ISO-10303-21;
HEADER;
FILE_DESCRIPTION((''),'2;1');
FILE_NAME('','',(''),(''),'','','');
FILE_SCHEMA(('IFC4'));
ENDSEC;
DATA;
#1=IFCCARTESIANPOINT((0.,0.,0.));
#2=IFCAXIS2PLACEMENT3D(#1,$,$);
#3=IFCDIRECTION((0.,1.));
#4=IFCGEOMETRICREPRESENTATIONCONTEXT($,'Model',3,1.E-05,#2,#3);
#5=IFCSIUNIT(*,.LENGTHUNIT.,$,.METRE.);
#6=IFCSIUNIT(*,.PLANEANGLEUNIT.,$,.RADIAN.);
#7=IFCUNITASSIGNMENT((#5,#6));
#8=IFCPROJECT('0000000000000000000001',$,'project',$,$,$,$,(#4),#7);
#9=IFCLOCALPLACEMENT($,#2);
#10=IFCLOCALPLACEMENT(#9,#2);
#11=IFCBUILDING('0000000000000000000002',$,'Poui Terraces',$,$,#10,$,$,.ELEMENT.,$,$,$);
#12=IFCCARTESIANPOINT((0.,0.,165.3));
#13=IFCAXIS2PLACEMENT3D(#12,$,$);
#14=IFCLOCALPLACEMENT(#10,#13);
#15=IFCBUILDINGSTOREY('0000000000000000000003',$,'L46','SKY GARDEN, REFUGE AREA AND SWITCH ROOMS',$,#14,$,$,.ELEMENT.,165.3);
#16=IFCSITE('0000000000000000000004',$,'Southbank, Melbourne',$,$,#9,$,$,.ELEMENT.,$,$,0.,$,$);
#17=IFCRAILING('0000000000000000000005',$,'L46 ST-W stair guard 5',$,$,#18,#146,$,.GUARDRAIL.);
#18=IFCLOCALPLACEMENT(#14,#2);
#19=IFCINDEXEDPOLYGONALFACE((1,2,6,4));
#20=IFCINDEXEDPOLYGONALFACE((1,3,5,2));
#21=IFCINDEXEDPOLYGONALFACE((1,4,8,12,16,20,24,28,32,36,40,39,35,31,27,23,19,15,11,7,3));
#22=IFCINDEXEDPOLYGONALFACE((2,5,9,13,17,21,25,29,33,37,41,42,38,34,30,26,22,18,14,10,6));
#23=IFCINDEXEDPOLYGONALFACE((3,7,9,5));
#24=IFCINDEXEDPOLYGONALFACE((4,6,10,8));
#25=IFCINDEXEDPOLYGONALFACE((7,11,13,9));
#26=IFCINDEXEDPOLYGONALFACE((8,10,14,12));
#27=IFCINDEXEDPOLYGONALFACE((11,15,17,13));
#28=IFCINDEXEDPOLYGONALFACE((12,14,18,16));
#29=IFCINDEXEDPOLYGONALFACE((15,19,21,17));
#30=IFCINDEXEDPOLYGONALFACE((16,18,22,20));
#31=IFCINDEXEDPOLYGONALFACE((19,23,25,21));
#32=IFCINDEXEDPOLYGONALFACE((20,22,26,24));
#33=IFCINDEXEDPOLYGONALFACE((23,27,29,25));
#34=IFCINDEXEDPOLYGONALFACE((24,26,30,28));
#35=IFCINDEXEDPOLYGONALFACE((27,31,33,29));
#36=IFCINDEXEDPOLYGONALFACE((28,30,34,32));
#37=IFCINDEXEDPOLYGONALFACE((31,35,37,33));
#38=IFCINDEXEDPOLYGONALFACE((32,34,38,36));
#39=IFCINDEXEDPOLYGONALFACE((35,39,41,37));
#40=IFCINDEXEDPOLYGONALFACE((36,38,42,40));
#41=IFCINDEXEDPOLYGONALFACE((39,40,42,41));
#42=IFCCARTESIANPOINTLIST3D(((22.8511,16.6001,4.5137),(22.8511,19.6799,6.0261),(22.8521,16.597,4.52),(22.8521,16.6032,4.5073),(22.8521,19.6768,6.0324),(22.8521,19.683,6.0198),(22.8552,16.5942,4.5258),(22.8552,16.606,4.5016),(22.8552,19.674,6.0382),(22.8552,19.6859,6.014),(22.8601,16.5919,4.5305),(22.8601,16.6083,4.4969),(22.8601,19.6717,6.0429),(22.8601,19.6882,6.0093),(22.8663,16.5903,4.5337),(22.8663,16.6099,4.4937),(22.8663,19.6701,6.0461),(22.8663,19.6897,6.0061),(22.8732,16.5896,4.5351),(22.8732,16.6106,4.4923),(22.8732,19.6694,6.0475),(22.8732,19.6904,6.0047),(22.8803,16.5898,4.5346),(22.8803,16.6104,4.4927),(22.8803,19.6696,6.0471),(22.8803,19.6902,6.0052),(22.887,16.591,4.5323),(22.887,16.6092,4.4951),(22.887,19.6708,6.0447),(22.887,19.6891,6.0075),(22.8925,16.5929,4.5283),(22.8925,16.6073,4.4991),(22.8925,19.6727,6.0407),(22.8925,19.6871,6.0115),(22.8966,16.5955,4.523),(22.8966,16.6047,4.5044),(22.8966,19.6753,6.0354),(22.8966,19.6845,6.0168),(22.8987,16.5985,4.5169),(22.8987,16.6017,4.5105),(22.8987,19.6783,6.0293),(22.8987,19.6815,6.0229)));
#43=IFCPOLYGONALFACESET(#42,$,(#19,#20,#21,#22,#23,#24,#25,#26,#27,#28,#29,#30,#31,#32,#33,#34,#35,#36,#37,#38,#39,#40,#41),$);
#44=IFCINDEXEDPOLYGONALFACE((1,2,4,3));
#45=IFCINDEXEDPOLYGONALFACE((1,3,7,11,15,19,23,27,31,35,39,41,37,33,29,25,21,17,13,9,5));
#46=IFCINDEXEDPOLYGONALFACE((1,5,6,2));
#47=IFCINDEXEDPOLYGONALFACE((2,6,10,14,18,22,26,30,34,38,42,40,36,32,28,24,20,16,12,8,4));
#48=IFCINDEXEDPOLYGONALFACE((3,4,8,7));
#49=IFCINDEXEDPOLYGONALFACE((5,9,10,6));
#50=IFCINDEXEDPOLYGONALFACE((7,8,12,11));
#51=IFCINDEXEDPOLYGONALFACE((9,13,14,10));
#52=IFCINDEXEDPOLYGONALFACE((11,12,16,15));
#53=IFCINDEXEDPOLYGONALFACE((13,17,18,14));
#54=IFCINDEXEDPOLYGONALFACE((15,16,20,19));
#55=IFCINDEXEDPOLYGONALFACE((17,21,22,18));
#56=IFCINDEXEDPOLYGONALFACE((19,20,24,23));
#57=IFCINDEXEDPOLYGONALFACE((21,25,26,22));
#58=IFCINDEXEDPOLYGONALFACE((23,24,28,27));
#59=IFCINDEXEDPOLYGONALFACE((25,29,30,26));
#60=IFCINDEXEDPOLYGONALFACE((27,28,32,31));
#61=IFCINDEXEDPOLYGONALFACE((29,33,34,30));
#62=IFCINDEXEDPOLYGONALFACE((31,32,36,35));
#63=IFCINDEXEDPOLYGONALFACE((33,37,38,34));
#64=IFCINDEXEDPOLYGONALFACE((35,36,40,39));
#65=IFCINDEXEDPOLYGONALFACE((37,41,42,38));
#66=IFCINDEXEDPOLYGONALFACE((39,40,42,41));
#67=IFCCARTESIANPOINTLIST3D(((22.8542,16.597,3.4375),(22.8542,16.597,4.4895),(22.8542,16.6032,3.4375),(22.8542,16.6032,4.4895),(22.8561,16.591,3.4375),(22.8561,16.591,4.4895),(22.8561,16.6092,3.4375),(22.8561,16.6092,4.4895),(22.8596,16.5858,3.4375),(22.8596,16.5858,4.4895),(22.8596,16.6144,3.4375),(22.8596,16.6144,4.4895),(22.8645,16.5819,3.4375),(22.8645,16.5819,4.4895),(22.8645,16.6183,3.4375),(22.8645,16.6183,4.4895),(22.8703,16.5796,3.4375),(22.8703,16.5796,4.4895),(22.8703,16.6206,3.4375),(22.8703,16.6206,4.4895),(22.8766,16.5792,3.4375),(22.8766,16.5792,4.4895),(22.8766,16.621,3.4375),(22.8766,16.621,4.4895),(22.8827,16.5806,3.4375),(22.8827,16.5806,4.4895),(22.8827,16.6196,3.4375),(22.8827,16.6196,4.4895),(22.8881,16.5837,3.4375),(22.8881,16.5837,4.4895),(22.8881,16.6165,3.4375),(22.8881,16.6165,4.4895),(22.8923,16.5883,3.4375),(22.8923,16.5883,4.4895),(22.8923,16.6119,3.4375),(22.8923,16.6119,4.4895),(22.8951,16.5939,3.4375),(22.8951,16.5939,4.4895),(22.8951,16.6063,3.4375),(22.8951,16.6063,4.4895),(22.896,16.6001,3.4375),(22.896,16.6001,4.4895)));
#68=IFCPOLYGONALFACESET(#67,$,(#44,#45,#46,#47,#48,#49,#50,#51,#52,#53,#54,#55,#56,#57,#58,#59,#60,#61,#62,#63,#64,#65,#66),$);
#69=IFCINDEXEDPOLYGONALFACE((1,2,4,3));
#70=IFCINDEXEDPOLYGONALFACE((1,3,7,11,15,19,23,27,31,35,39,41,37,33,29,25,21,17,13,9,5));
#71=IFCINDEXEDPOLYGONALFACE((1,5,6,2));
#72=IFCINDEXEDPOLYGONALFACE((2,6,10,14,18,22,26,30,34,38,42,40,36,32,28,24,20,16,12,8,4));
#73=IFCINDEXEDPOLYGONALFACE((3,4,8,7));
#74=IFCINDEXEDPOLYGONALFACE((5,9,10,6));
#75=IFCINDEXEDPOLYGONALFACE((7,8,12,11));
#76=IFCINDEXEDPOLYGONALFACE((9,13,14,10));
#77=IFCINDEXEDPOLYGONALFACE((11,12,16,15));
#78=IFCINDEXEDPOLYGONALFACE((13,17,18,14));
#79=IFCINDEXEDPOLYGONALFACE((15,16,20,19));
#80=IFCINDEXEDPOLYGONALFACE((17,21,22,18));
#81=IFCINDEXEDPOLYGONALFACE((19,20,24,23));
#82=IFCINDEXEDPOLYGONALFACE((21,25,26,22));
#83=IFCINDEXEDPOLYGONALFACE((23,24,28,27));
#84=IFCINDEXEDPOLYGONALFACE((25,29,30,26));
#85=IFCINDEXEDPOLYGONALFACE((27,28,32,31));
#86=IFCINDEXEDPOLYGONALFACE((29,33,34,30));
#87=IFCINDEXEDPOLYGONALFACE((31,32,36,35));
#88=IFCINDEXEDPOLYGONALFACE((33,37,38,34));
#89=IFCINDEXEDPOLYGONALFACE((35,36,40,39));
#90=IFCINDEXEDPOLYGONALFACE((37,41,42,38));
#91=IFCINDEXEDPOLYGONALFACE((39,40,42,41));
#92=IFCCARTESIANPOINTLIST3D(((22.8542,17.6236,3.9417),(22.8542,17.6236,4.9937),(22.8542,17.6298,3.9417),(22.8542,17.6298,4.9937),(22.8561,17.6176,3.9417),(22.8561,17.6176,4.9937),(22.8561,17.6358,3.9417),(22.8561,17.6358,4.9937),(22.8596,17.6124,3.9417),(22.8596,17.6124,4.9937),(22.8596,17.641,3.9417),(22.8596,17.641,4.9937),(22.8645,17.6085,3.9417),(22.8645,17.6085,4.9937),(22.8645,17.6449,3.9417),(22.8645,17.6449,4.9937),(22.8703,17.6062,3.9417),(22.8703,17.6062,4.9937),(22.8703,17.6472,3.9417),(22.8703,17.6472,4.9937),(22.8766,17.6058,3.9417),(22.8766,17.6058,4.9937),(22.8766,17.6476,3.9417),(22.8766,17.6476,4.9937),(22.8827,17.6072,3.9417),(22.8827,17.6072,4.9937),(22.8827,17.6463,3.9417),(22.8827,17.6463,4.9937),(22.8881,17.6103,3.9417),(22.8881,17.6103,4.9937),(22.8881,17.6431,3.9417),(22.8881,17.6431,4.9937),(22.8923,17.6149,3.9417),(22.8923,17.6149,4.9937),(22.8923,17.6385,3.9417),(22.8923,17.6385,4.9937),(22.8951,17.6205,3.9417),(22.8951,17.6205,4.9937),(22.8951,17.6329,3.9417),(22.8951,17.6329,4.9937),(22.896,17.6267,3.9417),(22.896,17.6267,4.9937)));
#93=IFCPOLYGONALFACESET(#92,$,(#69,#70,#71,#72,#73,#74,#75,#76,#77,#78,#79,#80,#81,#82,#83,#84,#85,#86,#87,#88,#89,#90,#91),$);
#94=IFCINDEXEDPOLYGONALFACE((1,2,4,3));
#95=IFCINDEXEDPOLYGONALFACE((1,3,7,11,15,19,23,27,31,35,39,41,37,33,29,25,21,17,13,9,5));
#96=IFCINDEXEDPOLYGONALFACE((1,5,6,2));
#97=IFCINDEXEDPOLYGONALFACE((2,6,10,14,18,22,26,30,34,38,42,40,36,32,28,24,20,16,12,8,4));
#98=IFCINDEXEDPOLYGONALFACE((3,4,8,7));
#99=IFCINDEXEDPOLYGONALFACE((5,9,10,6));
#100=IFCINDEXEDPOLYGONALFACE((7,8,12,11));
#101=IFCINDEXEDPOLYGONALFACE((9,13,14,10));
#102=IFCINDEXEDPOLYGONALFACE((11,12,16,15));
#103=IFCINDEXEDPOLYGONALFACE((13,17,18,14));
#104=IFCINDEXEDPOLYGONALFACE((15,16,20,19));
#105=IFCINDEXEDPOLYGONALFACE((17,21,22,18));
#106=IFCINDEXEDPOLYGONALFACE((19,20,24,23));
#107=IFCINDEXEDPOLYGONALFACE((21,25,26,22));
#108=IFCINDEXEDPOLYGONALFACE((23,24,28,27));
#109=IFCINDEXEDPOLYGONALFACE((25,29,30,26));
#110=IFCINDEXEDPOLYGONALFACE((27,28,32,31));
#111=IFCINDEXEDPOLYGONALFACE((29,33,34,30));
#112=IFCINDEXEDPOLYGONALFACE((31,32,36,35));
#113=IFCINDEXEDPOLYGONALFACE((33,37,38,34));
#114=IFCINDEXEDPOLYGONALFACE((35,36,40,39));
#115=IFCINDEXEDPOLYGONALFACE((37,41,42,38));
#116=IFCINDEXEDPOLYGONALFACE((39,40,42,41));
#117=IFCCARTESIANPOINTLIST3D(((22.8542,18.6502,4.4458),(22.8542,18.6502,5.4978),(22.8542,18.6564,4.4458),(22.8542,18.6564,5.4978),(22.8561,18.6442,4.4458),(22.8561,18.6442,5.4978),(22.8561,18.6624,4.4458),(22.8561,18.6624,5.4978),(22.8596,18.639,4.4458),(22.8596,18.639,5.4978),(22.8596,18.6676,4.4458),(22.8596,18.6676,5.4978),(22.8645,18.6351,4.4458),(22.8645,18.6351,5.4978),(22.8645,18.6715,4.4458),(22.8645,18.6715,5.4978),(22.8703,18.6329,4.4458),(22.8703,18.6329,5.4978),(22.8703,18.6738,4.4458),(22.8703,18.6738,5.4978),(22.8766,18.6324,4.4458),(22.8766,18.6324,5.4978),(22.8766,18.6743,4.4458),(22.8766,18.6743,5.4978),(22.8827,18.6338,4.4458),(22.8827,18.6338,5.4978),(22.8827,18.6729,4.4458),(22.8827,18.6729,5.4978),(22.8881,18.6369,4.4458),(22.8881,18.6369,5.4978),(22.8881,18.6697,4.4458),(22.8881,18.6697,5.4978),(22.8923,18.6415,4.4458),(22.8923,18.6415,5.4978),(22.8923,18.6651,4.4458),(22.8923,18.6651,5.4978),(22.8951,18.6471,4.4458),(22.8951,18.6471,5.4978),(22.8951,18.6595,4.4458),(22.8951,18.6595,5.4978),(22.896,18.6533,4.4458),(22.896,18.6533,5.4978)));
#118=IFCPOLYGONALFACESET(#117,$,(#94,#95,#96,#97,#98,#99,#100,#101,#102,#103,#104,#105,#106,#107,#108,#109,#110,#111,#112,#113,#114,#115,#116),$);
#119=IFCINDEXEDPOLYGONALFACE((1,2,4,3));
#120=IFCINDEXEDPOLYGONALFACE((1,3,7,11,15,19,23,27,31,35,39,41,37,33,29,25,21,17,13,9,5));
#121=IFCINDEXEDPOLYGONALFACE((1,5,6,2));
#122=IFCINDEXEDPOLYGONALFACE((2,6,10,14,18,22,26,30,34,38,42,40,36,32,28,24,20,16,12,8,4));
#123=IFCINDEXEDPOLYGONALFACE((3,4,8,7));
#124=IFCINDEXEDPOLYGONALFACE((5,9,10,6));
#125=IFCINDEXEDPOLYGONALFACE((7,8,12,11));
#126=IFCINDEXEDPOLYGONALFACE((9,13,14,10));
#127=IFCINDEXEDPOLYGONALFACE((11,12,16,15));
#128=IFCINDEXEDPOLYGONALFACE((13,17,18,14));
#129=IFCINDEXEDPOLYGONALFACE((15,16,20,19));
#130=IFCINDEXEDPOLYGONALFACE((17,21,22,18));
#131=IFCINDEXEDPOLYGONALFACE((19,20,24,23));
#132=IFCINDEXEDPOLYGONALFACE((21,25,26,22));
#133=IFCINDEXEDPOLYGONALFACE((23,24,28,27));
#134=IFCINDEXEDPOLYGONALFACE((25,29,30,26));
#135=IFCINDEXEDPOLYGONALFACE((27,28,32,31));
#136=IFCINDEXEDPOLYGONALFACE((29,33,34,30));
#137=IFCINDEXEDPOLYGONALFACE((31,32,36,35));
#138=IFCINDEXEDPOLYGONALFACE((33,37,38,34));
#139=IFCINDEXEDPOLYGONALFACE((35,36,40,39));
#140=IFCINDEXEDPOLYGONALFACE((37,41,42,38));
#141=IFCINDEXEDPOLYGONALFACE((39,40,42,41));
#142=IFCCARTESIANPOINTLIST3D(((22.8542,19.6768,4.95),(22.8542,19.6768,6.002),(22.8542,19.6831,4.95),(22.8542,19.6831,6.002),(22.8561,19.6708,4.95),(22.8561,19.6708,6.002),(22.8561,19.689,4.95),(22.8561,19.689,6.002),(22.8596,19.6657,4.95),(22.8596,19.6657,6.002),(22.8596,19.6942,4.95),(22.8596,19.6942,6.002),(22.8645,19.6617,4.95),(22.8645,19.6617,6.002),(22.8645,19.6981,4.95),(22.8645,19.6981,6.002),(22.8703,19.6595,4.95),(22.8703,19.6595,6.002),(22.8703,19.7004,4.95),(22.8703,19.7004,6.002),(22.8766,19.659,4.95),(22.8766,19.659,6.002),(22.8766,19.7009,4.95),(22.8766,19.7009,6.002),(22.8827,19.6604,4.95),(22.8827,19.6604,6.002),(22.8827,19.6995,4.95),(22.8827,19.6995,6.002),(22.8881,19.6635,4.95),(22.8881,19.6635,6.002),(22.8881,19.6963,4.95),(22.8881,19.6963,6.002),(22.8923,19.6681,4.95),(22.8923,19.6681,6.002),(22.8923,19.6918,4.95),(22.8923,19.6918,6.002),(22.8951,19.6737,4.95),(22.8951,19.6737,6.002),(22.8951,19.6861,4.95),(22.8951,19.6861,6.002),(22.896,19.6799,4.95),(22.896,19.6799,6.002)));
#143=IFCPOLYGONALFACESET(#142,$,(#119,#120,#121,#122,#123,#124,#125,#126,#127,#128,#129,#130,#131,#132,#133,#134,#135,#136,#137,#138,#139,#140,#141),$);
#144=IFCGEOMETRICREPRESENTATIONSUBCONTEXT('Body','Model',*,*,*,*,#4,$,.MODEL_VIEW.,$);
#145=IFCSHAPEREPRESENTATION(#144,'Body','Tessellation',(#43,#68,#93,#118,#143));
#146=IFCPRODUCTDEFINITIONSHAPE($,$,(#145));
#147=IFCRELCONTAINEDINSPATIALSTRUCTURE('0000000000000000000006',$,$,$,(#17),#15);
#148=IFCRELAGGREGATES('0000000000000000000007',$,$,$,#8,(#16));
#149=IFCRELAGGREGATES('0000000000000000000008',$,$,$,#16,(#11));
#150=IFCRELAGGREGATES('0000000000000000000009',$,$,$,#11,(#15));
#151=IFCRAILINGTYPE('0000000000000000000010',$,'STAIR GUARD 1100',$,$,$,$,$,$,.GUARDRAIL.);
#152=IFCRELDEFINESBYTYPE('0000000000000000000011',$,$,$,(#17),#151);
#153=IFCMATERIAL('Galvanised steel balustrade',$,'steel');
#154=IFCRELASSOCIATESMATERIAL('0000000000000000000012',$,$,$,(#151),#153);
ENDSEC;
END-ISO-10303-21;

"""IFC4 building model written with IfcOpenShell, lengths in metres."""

from ifc_helpers import new_model, si_unit, direction, frame, origin, origin_2d, place, context, subcontext, project, spatial, circle, extrude, material, type_object, element, save


model = new_model("IFC4")

# Units and contexts
model_context = context("Model", 3, precision=1e-05, world=origin(), true_north=direction((0.0, 1.0)))
body_context = subcontext(model_context, "Body", "Model", "MODEL_VIEW")
ifc_project = project(units=[si_unit("LENGTHUNIT", "METRE"), si_unit("PLANEANGLEUNIT", "RADIAN")], contexts=[model_context])

# Site, building, storey
site_placement = place(None, origin())
site = spatial("IfcSite", under=ifc_project, at=site_placement, Name="Southbank, Melbourne", CompositionType="ELEMENT", RefElevation=0.0)
building_placement = place(site_placement, origin())
building = spatial("IfcBuilding", under=site, at=building_placement, Name="Poui Terraces", CompositionType="ELEMENT")
storey_placement = place(building_placement, frame((0.0, 0.0, 165.3)))
storey = spatial("IfcBuildingStorey", under=building, at=storey_placement, Name="L46", Description="SKY GARDEN, REFUGE AREA AND SWITCH ROOMS", CompositionType="ELEMENT", Elevation=165.3)

# Railing
ifc_material_1 = material(Name="Galvanised steel balustrade", Category="steel")
railing_type_1 = type_object("IfcRailingType", Name="STAIR GUARD 1100", PredefinedType="GUARDRAIL", material=ifc_material_1)
railing_1_placement = place(storey_placement, frame((22.875, 16.6001, 3.4375)))
element("IfcRailing", 1, at=railing_1_placement, inside=storey, type_object=railing_type_1, Name="L46 ST-W stair guard 5", PredefinedType="GUARDRAIL", context=body_context, shape_type="SweptSolid", body=[
    extrude(circle(Radius=0.0239, at=origin_2d()), frame((0.0, 0.0, 1.0762), z_axis=(0.0, 0.897606, 0.440798), x_axis=(-1.0, 0.0, 0.0)), (0.0, 0.0, 1.0), 3.4312),
    extrude(circle(Radius=0.021, at=origin_2d()), origin(), (0.0, 0.0, 1.0), 1.052),
    extrude(circle(Radius=0.021, at=origin_2d()), frame((0.0, 1.0266, 0.5042)), (0.0, 0.0, 1.0), 1.052),
    extrude(circle(Radius=0.021, at=origin_2d()), frame((0.0, 2.0532, 1.0083)), (0.0, 0.0, 1.0), 1.052),
    extrude(circle(Radius=0.021, at=origin_2d()), frame((0.0, 3.0798, 1.5125)), (0.0, 0.0, 1.0), 1.052),
])

save(model, "model.ifc")
